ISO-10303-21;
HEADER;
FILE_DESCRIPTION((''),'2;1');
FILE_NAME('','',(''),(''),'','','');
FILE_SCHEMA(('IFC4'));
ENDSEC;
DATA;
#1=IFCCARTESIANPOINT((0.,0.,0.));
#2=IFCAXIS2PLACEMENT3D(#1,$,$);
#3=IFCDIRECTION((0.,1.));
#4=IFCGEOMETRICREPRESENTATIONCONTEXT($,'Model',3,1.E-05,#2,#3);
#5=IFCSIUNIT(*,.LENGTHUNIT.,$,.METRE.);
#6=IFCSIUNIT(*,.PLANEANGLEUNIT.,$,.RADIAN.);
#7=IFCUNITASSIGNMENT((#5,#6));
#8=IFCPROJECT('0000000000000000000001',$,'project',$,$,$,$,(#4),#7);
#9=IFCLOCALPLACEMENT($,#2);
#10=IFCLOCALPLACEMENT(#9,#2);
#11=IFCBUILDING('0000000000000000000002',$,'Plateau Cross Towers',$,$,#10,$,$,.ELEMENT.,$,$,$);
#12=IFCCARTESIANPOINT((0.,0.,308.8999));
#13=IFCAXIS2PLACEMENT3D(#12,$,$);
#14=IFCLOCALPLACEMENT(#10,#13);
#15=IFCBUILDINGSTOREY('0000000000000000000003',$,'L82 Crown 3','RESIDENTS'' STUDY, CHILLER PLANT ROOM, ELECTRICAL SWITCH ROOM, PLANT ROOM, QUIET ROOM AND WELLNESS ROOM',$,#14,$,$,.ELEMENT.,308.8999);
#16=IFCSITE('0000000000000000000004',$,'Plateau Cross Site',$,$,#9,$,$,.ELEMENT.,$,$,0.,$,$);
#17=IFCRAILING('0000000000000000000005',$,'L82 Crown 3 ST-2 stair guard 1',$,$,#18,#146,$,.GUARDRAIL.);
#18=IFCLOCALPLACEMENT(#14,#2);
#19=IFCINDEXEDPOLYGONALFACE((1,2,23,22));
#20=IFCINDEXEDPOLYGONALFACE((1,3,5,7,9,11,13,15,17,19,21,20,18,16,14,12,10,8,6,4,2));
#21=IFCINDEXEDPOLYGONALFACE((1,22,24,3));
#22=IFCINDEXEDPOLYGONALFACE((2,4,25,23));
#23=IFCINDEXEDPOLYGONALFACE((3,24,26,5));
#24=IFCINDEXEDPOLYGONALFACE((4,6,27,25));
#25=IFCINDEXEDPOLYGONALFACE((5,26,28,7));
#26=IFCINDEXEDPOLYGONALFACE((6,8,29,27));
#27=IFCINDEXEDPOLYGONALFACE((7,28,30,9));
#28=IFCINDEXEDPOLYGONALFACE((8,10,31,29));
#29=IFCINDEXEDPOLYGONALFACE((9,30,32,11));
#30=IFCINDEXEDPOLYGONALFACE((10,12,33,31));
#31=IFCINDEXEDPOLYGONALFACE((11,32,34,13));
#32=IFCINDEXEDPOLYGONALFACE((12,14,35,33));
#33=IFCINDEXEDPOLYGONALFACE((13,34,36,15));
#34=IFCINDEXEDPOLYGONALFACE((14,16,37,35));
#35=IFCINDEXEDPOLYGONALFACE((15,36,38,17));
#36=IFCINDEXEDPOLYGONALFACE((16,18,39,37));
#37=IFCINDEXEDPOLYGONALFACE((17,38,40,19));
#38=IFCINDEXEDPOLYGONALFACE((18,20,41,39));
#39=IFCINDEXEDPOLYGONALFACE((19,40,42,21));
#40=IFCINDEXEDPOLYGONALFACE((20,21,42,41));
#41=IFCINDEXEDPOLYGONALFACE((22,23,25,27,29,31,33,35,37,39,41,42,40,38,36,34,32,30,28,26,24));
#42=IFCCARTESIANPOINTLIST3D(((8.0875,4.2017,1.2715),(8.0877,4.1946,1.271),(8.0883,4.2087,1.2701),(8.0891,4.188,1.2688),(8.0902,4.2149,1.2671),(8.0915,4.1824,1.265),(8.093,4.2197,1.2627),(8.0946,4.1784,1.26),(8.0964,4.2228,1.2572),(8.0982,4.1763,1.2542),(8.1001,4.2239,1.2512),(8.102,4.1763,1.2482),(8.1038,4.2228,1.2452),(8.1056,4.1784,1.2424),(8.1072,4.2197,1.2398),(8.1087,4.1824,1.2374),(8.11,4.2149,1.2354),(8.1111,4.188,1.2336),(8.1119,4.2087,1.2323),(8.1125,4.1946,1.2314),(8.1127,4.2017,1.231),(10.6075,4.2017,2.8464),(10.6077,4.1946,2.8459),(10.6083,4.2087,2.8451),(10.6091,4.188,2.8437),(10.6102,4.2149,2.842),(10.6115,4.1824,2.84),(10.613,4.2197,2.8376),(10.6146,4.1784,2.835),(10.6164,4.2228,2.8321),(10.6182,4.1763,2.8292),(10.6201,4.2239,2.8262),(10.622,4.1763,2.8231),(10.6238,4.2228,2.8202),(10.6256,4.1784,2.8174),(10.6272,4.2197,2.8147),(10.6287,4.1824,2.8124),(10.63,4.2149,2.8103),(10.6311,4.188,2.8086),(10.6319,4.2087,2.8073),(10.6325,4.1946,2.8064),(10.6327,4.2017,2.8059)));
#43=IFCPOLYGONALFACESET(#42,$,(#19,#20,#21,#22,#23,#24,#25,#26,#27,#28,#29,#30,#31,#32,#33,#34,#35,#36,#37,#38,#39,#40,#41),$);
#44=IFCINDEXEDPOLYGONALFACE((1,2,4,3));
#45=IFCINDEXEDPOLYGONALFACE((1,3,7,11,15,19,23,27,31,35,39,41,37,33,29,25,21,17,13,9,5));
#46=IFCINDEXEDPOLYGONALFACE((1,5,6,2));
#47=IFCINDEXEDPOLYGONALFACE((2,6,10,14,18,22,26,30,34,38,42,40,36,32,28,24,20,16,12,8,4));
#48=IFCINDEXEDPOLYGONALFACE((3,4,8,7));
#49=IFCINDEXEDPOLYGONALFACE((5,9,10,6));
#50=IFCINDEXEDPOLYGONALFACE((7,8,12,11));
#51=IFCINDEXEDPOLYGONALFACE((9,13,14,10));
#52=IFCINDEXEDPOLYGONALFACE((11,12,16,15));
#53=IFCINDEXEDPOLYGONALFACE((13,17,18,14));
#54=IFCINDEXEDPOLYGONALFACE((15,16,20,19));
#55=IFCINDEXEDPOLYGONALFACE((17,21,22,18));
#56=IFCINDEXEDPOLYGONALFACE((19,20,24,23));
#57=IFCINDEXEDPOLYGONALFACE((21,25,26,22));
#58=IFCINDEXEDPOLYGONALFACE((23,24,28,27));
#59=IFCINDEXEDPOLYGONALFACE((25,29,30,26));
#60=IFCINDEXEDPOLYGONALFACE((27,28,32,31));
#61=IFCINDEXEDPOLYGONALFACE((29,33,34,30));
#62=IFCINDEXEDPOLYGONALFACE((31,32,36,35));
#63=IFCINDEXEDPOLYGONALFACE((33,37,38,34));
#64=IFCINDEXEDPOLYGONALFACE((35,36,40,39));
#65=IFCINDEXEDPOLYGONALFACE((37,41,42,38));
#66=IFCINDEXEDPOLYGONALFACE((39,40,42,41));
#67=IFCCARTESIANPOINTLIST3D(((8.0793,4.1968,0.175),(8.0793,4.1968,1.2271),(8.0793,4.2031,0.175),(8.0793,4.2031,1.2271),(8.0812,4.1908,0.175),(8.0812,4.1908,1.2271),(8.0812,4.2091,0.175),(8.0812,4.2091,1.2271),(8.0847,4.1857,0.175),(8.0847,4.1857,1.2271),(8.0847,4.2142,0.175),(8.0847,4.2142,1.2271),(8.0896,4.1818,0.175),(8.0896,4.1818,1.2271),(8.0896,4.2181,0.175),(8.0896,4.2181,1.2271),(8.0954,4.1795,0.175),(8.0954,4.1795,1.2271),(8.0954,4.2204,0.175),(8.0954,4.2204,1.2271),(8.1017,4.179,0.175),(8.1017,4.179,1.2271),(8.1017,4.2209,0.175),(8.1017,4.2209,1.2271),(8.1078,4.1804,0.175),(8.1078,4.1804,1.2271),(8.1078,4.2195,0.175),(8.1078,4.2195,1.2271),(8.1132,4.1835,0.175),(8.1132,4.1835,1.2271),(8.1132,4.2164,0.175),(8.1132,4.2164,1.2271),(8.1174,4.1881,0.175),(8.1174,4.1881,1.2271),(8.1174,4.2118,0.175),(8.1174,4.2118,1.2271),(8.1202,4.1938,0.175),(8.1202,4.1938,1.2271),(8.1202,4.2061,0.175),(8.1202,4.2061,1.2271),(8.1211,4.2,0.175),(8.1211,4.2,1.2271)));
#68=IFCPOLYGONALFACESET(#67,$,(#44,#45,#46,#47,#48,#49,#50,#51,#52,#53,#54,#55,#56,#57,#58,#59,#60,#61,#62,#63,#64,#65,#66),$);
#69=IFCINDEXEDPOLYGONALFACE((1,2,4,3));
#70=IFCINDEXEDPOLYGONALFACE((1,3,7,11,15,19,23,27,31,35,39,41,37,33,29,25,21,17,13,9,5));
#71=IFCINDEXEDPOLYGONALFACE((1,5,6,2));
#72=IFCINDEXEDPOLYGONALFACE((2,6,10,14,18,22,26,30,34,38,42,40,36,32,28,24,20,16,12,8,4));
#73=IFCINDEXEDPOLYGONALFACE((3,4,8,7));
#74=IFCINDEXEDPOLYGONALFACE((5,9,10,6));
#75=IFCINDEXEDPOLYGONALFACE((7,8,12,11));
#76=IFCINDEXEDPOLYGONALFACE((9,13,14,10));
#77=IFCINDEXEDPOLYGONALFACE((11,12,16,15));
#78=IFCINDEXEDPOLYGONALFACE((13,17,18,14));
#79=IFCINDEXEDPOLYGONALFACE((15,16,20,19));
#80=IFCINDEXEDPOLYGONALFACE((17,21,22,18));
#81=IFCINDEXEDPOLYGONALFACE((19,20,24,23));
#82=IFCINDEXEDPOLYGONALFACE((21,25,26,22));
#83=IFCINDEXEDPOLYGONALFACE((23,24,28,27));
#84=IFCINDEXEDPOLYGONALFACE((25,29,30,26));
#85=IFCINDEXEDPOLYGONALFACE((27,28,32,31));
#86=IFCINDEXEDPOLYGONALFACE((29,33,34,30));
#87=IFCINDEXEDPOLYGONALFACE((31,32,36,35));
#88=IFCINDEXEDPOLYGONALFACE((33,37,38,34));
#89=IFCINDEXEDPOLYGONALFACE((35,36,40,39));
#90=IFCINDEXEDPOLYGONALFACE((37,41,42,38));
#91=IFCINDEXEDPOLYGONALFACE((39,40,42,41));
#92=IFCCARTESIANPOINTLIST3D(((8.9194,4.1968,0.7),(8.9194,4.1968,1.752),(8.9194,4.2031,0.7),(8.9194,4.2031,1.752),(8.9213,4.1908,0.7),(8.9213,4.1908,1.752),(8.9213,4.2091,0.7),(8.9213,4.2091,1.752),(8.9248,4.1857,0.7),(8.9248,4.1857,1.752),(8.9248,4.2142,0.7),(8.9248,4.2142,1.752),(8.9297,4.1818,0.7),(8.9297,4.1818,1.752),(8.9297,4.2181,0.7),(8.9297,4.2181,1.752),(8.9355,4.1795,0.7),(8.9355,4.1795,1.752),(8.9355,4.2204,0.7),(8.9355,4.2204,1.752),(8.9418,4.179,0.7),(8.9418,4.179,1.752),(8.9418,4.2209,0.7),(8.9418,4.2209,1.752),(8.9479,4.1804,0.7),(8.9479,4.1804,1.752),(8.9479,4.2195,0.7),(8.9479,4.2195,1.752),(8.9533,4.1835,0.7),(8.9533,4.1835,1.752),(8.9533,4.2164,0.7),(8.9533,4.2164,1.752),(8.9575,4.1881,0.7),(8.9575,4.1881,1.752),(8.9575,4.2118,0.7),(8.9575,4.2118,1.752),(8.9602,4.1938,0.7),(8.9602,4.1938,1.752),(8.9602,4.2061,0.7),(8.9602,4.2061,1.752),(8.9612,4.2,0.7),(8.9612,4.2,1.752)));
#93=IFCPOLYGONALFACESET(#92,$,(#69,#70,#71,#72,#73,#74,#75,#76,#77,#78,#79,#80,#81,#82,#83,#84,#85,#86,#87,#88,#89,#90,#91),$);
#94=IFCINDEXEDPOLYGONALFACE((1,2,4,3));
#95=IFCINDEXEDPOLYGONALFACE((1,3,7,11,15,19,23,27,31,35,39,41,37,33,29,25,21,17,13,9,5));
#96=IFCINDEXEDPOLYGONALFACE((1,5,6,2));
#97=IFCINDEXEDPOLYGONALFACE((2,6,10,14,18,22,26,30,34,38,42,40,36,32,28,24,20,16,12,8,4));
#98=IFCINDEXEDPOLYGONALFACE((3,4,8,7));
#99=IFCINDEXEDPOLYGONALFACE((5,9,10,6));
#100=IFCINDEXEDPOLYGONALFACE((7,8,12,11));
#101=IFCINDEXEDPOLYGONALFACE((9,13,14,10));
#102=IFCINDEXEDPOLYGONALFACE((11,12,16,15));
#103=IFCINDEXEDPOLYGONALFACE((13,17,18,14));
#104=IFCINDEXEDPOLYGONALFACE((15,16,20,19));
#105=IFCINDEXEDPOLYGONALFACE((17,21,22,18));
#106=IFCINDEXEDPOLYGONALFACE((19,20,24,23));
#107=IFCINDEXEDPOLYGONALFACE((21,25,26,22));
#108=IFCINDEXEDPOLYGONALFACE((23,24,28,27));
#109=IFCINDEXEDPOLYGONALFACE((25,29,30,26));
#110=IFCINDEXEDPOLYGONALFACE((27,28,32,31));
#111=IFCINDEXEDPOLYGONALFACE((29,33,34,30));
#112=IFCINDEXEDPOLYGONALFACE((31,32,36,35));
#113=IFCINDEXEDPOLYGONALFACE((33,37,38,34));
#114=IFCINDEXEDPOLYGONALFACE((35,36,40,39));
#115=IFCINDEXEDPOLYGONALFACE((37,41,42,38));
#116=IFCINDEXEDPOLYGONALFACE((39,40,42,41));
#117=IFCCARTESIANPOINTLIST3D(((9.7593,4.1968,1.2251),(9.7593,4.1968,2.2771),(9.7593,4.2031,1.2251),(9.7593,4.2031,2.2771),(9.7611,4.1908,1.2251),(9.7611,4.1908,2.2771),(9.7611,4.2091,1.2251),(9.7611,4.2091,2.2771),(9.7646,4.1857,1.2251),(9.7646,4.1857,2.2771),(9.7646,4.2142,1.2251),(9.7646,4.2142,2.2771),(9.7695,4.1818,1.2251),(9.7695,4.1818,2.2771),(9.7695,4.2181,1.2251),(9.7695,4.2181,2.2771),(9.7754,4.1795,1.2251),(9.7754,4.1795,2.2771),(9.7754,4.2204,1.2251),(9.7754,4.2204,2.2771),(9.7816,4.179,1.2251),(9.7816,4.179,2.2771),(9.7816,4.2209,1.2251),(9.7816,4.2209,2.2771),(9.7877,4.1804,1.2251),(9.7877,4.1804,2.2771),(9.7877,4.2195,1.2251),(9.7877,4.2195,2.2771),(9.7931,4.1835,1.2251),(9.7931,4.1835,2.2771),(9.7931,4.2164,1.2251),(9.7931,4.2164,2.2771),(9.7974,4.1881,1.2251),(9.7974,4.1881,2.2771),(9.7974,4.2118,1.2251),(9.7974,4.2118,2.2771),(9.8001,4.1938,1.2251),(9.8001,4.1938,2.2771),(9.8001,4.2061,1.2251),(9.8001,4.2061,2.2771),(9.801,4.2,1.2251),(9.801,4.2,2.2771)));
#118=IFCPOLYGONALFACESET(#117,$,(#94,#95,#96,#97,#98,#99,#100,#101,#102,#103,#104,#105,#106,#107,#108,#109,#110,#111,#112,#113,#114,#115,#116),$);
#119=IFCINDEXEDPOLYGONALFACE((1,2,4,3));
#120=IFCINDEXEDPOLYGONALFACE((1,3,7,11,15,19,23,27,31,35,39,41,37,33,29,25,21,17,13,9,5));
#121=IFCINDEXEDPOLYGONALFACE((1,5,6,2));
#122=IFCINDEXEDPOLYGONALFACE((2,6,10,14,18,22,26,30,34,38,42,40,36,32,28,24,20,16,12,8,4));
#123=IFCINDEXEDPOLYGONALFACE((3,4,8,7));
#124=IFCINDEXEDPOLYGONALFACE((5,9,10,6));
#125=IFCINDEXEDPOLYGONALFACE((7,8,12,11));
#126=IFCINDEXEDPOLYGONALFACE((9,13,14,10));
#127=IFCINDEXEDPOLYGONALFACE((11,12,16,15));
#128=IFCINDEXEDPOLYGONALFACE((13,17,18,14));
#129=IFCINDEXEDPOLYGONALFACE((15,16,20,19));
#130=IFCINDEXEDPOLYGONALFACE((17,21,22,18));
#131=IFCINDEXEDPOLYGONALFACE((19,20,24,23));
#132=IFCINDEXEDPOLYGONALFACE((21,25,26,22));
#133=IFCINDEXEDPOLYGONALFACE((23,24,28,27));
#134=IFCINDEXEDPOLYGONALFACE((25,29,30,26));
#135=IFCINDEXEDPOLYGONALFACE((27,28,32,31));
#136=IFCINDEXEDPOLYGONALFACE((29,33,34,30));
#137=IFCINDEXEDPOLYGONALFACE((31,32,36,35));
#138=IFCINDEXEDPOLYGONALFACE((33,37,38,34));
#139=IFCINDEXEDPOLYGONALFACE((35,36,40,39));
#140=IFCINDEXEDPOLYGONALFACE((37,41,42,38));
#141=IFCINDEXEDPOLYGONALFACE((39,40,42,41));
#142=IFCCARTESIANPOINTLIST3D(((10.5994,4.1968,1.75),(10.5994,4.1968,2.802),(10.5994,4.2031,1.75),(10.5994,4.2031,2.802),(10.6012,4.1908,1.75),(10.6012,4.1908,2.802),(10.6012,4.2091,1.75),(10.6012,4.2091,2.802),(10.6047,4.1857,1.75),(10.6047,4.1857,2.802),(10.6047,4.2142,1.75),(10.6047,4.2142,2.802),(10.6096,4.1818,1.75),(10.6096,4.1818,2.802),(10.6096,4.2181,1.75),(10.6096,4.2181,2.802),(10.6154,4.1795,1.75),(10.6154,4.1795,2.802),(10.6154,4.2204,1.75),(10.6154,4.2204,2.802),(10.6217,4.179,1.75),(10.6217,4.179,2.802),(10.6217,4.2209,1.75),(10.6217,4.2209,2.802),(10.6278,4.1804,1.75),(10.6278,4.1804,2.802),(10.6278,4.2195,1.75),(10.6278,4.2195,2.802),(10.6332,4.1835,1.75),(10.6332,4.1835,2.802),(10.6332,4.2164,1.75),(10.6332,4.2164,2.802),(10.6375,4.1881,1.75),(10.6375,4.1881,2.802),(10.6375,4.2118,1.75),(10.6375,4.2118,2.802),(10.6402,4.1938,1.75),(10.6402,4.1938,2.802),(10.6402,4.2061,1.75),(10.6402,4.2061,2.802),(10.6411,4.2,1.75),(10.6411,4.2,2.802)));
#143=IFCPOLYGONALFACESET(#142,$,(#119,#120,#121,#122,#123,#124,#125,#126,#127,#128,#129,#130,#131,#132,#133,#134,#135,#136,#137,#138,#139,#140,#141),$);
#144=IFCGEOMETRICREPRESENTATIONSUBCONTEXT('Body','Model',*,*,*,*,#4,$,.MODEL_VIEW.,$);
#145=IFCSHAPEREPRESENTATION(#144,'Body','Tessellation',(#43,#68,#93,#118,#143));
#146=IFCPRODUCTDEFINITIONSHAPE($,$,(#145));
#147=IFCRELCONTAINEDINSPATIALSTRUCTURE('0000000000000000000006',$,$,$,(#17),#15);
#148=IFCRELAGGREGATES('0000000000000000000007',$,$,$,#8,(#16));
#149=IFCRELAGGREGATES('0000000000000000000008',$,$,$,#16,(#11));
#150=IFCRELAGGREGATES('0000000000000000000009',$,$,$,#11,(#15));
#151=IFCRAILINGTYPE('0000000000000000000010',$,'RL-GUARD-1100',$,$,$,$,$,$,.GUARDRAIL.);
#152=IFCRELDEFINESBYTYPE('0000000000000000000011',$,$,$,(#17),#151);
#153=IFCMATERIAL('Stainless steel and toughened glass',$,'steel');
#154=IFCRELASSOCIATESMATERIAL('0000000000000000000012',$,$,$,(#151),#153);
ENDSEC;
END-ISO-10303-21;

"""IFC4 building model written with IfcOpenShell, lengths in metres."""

from ifc_helpers import new_model, si_unit, direction, frame, origin, origin_2d, place, context, subcontext, project, spatial, circle, extrude, material, type_object, element, save


model = new_model("IFC4")

# Units and contexts
model_context = context("Model", 3, precision=1e-05, world=origin(), true_north=direction((0.0, 1.0)))
body_context = subcontext(model_context, "Body", "Model", "MODEL_VIEW")
ifc_project = project(units=[si_unit("LENGTHUNIT", "METRE"), si_unit("PLANEANGLEUNIT", "RADIAN")], contexts=[model_context])

# Site, building, storey
site_placement = place(None, origin())
site = spatial("IfcSite", under=ifc_project, at=site_placement, Name="Plateau Cross Site", CompositionType="ELEMENT", RefElevation=0.0)
building_placement = place(site_placement, origin())
building = spatial("IfcBuilding", under=site, at=building_placement, Name="Plateau Cross Towers", CompositionType="ELEMENT")
storey_placement = place(building_placement, frame((0.0, 0.0, 308.8999)))
storey = spatial("IfcBuildingStorey", under=building, at=storey_placement, Name="L82 Crown 3", Description="RESIDENTS' STUDY, CHILLER PLANT ROOM, ELECTRICAL SWITCH ROOM, PLANT ROOM, QUIET ROOM AND WELLNESS ROOM", CompositionType="ELEMENT", Elevation=308.8999)

# Railing
ifc_material_1 = material(Name="Stainless steel and toughened glass", Category="steel")
railing_type_1 = type_object("IfcRailingType", Name="RL-GUARD-1100", PredefinedType="GUARDRAIL", material=ifc_material_1)
railing_1_placement = place(storey_placement, frame((8.1001, 4.2, 0.175)))
element("IfcRailing", 1, at=railing_1_placement, inside=storey, type_object=railing_type_1, Name="L82 Crown 3 ST-2 stair guard 1", PredefinedType="GUARDRAIL", context=body_context, shape_type="SweptSolid", body=[
    extrude(circle(Radius=0.0239, at=origin_2d()), frame((0.0, 0.0, 1.0762), z_axis=(0.848008, 0.0, 0.529984), x_axis=(0.0, 1.0, 0.0)), (0.0, 0.0, 1.0), 2.9717),
    extrude(circle(Radius=0.021, at=origin_2d()), origin(), (0.0, 0.0, 1.0), 1.052),
    extrude(circle(Radius=0.021, at=origin_2d()), frame((0.8401, 0.0, 0.5249)), (0.0, 0.0, 1.0), 1.052),
    extrude(circle(Radius=0.021, at=origin_2d()), frame((1.6799, 0.0, 1.05)), (0.0, 0.0, 1.0), 1.052),
    extrude(circle(Radius=0.021, at=origin_2d()), frame((2.52, 0.0, 1.575)), (0.0, 0.0, 1.0), 1.052),
])

save(model, "model.ifc")
